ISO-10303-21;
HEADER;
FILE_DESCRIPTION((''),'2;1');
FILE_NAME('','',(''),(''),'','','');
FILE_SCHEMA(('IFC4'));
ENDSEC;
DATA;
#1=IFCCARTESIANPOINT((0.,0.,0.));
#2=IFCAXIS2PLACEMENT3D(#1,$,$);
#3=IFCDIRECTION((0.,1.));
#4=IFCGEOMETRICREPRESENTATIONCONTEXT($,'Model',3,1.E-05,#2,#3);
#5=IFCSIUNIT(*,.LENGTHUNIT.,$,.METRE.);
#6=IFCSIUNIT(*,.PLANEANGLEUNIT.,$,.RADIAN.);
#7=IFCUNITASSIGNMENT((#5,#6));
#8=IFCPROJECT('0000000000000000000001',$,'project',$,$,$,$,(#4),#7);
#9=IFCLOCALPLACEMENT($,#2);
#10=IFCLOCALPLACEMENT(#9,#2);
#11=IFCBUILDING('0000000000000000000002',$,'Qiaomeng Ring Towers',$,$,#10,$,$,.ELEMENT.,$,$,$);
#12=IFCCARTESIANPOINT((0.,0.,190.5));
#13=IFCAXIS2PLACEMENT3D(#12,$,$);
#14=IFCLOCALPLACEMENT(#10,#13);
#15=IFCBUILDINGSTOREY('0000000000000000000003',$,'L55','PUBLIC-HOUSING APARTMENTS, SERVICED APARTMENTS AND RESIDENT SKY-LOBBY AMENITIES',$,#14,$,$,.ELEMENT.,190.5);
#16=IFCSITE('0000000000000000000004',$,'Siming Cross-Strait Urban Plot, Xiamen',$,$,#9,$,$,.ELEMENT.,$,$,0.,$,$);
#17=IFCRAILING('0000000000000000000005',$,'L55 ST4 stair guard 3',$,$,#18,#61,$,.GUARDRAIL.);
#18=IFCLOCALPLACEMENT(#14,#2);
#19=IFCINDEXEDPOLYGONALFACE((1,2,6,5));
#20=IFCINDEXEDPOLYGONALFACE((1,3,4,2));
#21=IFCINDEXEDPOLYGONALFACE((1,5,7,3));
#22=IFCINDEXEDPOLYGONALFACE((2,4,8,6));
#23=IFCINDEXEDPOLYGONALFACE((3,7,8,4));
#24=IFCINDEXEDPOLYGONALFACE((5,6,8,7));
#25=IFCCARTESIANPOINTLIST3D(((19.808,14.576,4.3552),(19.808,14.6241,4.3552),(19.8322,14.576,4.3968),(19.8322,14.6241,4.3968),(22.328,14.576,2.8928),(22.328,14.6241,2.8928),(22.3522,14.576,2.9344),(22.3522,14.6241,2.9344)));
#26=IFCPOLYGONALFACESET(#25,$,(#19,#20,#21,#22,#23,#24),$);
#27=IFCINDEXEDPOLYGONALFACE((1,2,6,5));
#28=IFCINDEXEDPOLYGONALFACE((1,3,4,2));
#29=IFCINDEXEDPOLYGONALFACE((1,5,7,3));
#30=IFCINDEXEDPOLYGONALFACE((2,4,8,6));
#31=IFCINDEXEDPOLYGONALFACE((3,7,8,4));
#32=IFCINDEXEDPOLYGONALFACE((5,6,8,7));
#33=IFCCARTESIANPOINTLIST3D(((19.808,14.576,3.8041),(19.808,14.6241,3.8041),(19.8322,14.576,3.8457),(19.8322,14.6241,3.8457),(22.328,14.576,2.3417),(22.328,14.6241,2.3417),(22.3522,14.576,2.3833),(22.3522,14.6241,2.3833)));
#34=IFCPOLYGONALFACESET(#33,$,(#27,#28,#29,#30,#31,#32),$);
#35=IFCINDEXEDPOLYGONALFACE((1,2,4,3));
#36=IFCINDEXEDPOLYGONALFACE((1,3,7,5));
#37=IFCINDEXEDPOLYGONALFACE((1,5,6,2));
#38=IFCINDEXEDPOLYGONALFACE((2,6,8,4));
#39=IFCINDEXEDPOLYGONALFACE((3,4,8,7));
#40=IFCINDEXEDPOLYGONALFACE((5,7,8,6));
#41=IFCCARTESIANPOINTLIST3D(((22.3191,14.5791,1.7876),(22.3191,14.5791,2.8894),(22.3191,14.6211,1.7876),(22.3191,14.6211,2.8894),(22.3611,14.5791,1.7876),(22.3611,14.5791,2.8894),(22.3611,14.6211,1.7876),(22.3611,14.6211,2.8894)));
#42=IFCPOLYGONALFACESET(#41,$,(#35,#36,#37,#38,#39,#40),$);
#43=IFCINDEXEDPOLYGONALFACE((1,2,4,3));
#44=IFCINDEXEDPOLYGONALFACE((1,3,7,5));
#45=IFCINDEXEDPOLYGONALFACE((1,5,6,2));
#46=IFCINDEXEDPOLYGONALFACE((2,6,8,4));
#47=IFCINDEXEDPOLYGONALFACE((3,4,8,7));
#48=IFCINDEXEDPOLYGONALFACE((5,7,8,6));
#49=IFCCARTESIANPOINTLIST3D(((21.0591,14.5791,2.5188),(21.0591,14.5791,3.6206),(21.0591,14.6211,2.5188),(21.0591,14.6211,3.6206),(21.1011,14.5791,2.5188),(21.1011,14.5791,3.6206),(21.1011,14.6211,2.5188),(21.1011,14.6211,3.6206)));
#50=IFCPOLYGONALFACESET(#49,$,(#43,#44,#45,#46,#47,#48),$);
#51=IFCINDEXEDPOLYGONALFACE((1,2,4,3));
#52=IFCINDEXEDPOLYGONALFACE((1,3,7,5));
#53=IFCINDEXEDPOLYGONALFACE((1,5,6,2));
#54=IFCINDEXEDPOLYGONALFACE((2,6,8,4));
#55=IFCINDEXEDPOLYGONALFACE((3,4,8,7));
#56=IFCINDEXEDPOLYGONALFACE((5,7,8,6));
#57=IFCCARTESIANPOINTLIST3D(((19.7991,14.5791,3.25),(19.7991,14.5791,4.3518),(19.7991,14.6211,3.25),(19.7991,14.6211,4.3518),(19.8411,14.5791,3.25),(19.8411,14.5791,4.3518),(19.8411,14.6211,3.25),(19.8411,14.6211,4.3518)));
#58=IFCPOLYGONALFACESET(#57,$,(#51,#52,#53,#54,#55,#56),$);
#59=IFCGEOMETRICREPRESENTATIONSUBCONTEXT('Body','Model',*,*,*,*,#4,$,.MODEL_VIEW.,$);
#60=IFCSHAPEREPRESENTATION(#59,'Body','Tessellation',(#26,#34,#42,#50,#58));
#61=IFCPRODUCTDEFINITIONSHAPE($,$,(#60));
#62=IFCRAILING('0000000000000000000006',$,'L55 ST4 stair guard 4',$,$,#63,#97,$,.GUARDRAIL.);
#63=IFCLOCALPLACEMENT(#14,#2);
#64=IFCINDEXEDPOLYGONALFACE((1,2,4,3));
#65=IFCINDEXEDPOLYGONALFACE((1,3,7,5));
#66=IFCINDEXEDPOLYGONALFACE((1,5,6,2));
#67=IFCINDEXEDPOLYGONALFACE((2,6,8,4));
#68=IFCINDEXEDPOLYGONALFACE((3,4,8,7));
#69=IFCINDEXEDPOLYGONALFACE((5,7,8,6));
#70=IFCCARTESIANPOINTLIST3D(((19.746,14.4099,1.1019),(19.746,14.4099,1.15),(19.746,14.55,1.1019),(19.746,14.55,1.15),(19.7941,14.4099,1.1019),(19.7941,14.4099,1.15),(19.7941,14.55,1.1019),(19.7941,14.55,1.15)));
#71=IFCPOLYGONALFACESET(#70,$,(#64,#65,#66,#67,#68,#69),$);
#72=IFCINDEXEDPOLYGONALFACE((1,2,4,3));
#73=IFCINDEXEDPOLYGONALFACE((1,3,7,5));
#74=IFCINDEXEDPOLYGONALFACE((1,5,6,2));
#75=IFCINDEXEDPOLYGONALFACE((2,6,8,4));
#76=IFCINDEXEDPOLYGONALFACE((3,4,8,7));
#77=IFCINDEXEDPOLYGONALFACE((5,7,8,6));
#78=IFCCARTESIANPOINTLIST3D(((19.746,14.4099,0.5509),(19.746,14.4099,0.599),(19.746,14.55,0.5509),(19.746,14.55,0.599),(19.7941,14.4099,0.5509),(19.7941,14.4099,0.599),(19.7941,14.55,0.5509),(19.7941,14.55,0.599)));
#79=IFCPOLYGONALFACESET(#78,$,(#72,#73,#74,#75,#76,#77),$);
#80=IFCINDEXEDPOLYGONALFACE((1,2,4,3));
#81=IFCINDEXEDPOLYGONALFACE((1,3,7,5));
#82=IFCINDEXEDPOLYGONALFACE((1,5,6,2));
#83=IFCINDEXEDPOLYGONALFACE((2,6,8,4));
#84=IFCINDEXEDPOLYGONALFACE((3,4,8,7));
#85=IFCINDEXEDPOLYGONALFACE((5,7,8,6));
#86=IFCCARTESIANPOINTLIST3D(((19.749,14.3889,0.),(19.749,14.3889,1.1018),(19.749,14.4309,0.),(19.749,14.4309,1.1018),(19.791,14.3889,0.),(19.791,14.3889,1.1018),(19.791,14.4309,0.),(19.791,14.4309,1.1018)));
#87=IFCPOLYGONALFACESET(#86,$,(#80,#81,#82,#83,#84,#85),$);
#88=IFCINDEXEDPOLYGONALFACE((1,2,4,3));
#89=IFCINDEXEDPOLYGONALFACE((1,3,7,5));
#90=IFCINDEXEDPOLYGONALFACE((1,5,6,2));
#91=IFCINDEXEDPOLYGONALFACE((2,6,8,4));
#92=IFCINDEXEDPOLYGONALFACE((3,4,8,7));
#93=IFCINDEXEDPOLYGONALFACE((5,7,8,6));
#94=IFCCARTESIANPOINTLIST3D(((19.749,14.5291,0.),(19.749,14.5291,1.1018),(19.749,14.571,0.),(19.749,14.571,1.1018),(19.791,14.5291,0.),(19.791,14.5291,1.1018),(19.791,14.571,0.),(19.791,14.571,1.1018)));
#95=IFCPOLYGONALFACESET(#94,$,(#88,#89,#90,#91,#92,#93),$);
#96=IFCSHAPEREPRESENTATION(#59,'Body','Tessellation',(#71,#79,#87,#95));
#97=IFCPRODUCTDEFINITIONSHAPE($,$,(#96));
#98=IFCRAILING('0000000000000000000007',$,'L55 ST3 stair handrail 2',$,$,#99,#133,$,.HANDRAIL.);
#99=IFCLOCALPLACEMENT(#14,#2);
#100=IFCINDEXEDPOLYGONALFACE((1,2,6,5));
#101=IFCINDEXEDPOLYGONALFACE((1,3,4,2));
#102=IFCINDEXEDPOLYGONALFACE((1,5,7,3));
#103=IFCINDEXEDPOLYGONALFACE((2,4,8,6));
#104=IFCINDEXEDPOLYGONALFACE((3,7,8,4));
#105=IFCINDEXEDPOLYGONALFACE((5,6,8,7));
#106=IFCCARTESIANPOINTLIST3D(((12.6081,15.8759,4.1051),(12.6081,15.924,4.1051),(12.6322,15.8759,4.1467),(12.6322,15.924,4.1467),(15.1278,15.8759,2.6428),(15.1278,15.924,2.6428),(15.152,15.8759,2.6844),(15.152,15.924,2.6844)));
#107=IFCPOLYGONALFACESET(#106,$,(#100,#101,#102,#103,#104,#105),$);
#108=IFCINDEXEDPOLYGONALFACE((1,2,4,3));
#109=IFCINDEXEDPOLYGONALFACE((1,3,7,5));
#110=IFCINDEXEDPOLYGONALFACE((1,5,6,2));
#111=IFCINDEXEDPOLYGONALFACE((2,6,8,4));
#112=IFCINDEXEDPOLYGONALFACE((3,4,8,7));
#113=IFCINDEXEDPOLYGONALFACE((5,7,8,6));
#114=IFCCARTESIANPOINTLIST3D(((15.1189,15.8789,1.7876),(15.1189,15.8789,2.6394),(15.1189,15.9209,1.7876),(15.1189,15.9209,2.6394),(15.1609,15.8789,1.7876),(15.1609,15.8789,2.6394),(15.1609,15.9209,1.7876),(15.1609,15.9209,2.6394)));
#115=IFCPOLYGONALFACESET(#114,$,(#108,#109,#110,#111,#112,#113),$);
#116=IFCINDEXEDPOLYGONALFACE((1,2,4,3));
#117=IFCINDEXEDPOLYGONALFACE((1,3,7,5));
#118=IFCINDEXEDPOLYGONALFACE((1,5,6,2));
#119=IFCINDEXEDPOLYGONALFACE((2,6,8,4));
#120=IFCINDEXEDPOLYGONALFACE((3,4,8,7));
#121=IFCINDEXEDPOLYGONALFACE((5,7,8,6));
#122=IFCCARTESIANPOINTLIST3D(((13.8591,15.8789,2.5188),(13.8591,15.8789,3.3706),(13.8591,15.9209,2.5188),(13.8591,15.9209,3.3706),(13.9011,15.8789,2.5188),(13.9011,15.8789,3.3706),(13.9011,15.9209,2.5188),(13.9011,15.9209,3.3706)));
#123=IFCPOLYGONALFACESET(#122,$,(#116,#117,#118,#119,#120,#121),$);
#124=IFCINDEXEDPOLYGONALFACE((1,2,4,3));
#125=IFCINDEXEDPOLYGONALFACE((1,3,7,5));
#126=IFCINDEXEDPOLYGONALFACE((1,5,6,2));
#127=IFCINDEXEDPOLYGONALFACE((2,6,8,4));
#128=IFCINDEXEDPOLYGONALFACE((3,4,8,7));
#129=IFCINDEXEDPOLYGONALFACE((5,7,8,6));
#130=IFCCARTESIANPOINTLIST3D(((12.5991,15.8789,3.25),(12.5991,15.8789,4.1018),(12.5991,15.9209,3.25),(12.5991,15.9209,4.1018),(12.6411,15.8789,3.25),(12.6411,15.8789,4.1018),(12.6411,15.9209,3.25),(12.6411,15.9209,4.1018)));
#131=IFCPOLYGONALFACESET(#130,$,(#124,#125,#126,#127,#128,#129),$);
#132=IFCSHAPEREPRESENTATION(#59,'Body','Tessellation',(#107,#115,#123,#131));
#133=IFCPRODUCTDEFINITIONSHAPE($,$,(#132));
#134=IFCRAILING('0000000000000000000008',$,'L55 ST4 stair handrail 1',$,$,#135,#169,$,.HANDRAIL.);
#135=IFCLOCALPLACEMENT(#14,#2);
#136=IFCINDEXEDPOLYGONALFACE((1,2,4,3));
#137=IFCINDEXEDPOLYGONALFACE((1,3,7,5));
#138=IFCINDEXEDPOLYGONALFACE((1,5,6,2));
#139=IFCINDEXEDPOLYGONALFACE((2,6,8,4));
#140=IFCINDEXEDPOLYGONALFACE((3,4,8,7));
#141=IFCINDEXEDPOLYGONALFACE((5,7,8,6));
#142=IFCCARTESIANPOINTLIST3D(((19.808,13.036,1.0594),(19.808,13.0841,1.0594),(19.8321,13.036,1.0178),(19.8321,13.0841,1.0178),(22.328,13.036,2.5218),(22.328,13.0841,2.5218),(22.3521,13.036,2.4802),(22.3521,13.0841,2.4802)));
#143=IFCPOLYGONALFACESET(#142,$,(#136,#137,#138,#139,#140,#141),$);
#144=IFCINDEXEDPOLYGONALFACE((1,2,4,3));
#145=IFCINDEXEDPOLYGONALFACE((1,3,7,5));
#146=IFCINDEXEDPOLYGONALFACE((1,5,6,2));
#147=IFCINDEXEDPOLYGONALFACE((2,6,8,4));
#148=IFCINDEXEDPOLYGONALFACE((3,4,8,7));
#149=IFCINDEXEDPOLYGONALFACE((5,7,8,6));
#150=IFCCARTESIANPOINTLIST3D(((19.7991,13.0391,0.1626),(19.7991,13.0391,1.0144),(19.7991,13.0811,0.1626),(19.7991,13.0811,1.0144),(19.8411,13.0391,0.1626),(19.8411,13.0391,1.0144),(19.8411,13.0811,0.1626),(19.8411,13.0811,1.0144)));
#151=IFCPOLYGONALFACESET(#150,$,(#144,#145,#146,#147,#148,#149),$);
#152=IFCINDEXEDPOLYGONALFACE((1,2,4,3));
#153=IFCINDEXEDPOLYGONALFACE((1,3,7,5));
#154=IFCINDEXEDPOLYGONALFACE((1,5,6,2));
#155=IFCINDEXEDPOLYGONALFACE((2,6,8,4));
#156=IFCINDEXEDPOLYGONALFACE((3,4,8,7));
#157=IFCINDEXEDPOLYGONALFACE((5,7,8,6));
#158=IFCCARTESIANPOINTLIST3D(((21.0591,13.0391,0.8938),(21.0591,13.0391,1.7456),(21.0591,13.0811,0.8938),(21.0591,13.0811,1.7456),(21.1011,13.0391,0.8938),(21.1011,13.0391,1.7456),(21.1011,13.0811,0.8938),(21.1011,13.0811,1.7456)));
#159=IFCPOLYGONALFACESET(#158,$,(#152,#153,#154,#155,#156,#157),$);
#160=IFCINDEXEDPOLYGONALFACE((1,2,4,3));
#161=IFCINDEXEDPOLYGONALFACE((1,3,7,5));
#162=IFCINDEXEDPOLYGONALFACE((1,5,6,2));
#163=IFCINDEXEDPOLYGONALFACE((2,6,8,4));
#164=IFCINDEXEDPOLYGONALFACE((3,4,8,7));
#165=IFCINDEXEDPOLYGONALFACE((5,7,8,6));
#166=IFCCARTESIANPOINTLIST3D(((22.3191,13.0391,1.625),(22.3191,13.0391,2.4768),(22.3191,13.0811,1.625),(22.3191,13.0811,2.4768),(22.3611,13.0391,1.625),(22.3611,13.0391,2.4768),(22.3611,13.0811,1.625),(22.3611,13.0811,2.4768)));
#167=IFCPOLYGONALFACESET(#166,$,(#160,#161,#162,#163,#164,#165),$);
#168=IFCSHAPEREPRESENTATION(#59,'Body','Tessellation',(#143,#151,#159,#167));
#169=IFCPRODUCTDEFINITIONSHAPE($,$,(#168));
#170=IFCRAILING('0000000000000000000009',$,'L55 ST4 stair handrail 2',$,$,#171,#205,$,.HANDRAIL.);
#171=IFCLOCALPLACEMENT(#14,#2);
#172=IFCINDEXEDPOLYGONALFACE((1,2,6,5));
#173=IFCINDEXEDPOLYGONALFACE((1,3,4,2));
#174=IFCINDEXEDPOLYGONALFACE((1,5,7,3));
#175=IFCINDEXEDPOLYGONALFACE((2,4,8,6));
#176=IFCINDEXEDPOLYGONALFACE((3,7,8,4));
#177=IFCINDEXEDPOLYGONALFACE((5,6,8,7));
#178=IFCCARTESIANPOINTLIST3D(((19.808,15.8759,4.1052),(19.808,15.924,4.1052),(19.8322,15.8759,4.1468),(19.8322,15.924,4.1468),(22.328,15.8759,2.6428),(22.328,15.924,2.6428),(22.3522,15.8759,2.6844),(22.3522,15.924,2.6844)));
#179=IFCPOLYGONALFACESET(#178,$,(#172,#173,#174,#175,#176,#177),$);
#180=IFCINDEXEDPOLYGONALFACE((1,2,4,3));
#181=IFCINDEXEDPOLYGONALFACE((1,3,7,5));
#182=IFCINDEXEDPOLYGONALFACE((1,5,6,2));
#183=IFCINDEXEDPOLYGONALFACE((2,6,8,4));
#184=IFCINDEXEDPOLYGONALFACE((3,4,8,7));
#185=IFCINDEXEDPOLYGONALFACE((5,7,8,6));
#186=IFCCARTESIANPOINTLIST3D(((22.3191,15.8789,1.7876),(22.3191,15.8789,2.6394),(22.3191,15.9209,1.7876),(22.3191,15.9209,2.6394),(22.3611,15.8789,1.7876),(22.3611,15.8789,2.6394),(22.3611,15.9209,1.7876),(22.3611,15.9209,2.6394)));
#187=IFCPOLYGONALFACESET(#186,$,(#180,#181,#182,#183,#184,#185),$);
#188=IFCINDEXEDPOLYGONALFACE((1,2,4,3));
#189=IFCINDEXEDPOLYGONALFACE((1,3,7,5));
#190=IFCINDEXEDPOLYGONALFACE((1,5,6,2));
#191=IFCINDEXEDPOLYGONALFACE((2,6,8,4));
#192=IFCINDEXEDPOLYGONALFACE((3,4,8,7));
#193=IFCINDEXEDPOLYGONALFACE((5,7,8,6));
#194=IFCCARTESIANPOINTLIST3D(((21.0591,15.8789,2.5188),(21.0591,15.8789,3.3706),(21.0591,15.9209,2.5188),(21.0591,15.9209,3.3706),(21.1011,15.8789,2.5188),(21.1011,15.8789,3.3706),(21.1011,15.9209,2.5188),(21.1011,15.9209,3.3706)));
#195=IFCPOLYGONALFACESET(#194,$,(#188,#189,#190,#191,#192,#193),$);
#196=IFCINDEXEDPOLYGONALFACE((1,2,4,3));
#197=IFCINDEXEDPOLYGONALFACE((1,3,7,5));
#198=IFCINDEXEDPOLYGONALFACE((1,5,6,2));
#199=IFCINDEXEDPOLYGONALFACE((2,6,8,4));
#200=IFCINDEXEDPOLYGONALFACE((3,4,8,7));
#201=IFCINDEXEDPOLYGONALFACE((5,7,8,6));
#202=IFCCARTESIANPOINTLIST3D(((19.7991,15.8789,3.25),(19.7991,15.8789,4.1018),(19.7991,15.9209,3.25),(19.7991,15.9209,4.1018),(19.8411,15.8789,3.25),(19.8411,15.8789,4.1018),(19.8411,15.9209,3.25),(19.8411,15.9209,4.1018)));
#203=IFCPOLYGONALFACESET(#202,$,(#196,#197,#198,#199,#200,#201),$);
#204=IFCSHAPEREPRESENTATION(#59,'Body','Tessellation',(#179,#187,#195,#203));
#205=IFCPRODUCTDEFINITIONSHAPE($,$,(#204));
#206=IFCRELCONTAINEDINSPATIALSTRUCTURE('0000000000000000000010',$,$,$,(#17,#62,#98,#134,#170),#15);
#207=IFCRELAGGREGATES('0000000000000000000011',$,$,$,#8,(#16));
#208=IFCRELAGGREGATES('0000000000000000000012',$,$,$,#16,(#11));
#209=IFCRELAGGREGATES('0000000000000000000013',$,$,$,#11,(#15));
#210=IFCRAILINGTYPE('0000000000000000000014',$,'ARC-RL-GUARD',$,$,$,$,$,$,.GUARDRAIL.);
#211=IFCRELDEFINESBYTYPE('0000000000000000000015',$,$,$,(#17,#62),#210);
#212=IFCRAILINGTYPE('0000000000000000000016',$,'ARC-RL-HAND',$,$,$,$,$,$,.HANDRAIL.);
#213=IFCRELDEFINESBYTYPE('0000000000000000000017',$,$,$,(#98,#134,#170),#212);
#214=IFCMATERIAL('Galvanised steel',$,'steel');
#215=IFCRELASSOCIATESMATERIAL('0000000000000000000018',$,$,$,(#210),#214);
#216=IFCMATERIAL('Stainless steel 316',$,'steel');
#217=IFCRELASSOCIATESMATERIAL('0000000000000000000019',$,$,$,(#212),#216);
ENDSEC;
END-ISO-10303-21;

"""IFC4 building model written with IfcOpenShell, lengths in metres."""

from ifc_helpers import new_model, si_unit, direction, frame, origin, origin_2d, place, context, subcontext, project, spatial, rectangle, extrude, material, type_object, element, save


model = new_model("IFC4")

# Units and contexts
model_context = context("Model", 3, precision=1e-05, world=origin(), true_north=direction((0.0, 1.0)))
body_context = subcontext(model_context, "Body", "Model", "MODEL_VIEW")
ifc_project = project(units=[si_unit("LENGTHUNIT", "METRE"), si_unit("PLANEANGLEUNIT", "RADIAN")], contexts=[model_context])

# Site, building, storey
site_placement = place(None, origin())
site = spatial("IfcSite", under=ifc_project, at=site_placement, Name="Siming Cross-Strait Urban Plot, Xiamen", CompositionType="ELEMENT", RefElevation=0.0)
building_placement = place(site_placement, origin())
building = spatial("IfcBuilding", under=site, at=building_placement, Name="Qiaomeng Ring Towers", CompositionType="ELEMENT")
storey_placement = place(building_placement, frame((0.0, 0.0, 190.5)))
storey = spatial("IfcBuildingStorey", under=building, at=storey_placement, Name="L55", Description="PUBLIC-HOUSING APARTMENTS, SERVICED APARTMENTS AND RESIDENT SKY-LOBBY AMENITIES", CompositionType="ELEMENT", Elevation=190.5)

# Shared definitions
ifc_material_1 = material(Name="Galvanised steel", Category="steel")

# Railings
railing_type_1 = type_object("IfcRailingType", Name="ARC-RL-GUARD", PredefinedType="GUARDRAIL", material=ifc_material_1)
railing_1_placement = place(storey_placement, frame((22.3401, 14.6001, 1.7876)))
element("IfcRailing", 1, at=railing_1_placement, inside=storey, type_object=railing_type_1, Name="L55 ST4 stair guard 3", PredefinedType="GUARDRAIL", context=body_context, shape_type="SweptSolid", body=[
    extrude(rectangle(XDim=0.0481, YDim=0.0481, at=origin_2d()), frame((0.0, 0.0, 1.126), z_axis=(-0.864913, 0.0, 0.501921), x_axis=(0.0, -1.0, 0.0)), (0.0, 0.0, 1.0), 2.9136),
    extrude(rectangle(XDim=0.0481, YDim=0.0481, at=origin_2d()), frame((0.0, 0.0, 0.575), z_axis=(-0.864913, 0.0, 0.501921), x_axis=(0.0, -1.0, 0.0)), (0.0, 0.0, 1.0), 2.9136),
    extrude(rectangle(XDim=0.042, YDim=0.042, at=origin_2d()), origin(), (0.0, 0.0, 1.0), 1.1018),
    extrude(rectangle(XDim=0.042, YDim=0.042, at=origin_2d()), frame((-1.26, 0.0, 0.7312)), (0.0, 0.0, 1.0), 1.1018),
    extrude(rectangle(XDim=0.042, YDim=0.042, at=origin_2d()), frame((-2.52, 0.0, 1.4624)), (0.0, 0.0, 1.0), 1.1018),
])
railing_2_placement = place(storey_placement, frame((19.77, 14.4099, 0.0)))
element("IfcRailing", 2, at=railing_2_placement, inside=storey, type_object=railing_type_1, Name="L55 ST4 stair guard 4", PredefinedType="GUARDRAIL", context=body_context, shape_type="SweptSolid", body=[
    extrude(rectangle(XDim=0.0481, YDim=0.0481, at=origin_2d()), frame((0.0, 0.0, 1.126), z_axis=(0.0, 1.0, 0.0), x_axis=(-1.0, 0.0, 0.0)), (0.0, 0.0, 1.0), 0.1401),
    extrude(rectangle(XDim=0.0481, YDim=0.0481, at=origin_2d()), frame((0.0, 0.0, 0.575), z_axis=(0.0, 1.0, 0.0), x_axis=(-1.0, 0.0, 0.0)), (0.0, 0.0, 1.0), 0.1401),
    extrude(rectangle(XDim=0.042, YDim=0.042, at=origin_2d()), origin(), (0.0, 0.0, 1.0), 1.1018),
    extrude(rectangle(XDim=0.042, YDim=0.042, at=origin_2d()), frame((0.0, 0.1401, 0.0)), (0.0, 0.0, 1.0), 1.1018),
])
ifc_material_2 = material(Name="Stainless steel 316", Category="steel")
railing_type_2 = type_object("IfcRailingType", Name="ARC-RL-HAND", PredefinedType="HANDRAIL", material=ifc_material_2)
railing_3_placement = place(storey_placement, frame((15.1399, 15.8999, 1.7876)))
element("IfcRailing", 3, at=railing_3_placement, inside=storey, type_object=railing_type_2, Name="L55 ST3 stair handrail 2", PredefinedType="HANDRAIL", context=body_context, shape_type="SweptSolid", body=[
    extrude(rectangle(XDim=0.0481, YDim=0.0481, at=origin_2d()), frame((0.0, 0.0, 0.876), z_axis=(-0.864892, 0.0, 0.501958), x_axis=(0.0, -1.0, 0.0)), (0.0, 0.0, 1.0), 2.9133),
    extrude(rectangle(XDim=0.042, YDim=0.042, at=origin_2d()), origin(), (0.0, 0.0, 1.0), 0.8518),
    extrude(rectangle(XDim=0.042, YDim=0.042, at=origin_2d()), frame((-1.2598, 0.0, 0.7312)), (0.0, 0.0, 1.0), 0.8518),
    extrude(rectangle(XDim=0.042, YDim=0.042, at=origin_2d()), frame((-2.5198, 0.0, 1.4624)), (0.0, 0.0, 1.0), 0.8518),
])
railing_4_placement = place(storey_placement, frame((19.8201, 13.0601, 0.1626)))
element("IfcRailing", 4, at=railing_4_placement, inside=storey, type_object=railing_type_2, Name="L55 ST4 stair handrail 1", PredefinedType="HANDRAIL", context=body_context, shape_type="SweptSolid", body=[
    extrude(rectangle(XDim=0.0481, YDim=0.0481, at=origin_2d()), frame((0.0, 0.0, 0.876), z_axis=(0.864913, 0.0, 0.501921), x_axis=(0.0, 1.0, 0.0)), (0.0, 0.0, 1.0), 2.9136),
    extrude(rectangle(XDim=0.042, YDim=0.042, at=origin_2d()), origin(), (0.0, 0.0, 1.0), 0.8518),
    extrude(rectangle(XDim=0.042, YDim=0.042, at=origin_2d()), frame((1.26, 0.0, 0.7312)), (0.0, 0.0, 1.0), 0.8518),
    extrude(rectangle(XDim=0.042, YDim=0.042, at=origin_2d()), frame((2.52, 0.0, 1.4624)), (0.0, 0.0, 1.0), 0.8518),
])
railing_5_placement = place(storey_placement, frame((22.3401, 15.8999, 1.7876)))
element("IfcRailing", 5, at=railing_5_placement, inside=storey, type_object=railing_type_2, Name="L55 ST4 stair handrail 2", PredefinedType="HANDRAIL", context=body_context, shape_type="SweptSolid", body=[
    extrude(rectangle(XDim=0.0481, YDim=0.0481, at=origin_2d()), frame((0.0, 0.0, 0.876), z_axis=(-0.864913, 0.0, 0.501921), x_axis=(0.0, -1.0, 0.0)), (0.0, 0.0, 1.0), 2.9136),
    extrude(rectangle(XDim=0.042, YDim=0.042, at=origin_2d()), origin(), (0.0, 0.0, 1.0), 0.8518),
    extrude(rectangle(XDim=0.042, YDim=0.042, at=origin_2d()), frame((-1.26, 0.0, 0.7312)), (0.0, 0.0, 1.0), 0.8518),
    extrude(rectangle(XDim=0.042, YDim=0.042, at=origin_2d()), frame((-2.52, 0.0, 1.4624)), (0.0, 0.0, 1.0), 0.8518),
])

save(model, "model.ifc")
